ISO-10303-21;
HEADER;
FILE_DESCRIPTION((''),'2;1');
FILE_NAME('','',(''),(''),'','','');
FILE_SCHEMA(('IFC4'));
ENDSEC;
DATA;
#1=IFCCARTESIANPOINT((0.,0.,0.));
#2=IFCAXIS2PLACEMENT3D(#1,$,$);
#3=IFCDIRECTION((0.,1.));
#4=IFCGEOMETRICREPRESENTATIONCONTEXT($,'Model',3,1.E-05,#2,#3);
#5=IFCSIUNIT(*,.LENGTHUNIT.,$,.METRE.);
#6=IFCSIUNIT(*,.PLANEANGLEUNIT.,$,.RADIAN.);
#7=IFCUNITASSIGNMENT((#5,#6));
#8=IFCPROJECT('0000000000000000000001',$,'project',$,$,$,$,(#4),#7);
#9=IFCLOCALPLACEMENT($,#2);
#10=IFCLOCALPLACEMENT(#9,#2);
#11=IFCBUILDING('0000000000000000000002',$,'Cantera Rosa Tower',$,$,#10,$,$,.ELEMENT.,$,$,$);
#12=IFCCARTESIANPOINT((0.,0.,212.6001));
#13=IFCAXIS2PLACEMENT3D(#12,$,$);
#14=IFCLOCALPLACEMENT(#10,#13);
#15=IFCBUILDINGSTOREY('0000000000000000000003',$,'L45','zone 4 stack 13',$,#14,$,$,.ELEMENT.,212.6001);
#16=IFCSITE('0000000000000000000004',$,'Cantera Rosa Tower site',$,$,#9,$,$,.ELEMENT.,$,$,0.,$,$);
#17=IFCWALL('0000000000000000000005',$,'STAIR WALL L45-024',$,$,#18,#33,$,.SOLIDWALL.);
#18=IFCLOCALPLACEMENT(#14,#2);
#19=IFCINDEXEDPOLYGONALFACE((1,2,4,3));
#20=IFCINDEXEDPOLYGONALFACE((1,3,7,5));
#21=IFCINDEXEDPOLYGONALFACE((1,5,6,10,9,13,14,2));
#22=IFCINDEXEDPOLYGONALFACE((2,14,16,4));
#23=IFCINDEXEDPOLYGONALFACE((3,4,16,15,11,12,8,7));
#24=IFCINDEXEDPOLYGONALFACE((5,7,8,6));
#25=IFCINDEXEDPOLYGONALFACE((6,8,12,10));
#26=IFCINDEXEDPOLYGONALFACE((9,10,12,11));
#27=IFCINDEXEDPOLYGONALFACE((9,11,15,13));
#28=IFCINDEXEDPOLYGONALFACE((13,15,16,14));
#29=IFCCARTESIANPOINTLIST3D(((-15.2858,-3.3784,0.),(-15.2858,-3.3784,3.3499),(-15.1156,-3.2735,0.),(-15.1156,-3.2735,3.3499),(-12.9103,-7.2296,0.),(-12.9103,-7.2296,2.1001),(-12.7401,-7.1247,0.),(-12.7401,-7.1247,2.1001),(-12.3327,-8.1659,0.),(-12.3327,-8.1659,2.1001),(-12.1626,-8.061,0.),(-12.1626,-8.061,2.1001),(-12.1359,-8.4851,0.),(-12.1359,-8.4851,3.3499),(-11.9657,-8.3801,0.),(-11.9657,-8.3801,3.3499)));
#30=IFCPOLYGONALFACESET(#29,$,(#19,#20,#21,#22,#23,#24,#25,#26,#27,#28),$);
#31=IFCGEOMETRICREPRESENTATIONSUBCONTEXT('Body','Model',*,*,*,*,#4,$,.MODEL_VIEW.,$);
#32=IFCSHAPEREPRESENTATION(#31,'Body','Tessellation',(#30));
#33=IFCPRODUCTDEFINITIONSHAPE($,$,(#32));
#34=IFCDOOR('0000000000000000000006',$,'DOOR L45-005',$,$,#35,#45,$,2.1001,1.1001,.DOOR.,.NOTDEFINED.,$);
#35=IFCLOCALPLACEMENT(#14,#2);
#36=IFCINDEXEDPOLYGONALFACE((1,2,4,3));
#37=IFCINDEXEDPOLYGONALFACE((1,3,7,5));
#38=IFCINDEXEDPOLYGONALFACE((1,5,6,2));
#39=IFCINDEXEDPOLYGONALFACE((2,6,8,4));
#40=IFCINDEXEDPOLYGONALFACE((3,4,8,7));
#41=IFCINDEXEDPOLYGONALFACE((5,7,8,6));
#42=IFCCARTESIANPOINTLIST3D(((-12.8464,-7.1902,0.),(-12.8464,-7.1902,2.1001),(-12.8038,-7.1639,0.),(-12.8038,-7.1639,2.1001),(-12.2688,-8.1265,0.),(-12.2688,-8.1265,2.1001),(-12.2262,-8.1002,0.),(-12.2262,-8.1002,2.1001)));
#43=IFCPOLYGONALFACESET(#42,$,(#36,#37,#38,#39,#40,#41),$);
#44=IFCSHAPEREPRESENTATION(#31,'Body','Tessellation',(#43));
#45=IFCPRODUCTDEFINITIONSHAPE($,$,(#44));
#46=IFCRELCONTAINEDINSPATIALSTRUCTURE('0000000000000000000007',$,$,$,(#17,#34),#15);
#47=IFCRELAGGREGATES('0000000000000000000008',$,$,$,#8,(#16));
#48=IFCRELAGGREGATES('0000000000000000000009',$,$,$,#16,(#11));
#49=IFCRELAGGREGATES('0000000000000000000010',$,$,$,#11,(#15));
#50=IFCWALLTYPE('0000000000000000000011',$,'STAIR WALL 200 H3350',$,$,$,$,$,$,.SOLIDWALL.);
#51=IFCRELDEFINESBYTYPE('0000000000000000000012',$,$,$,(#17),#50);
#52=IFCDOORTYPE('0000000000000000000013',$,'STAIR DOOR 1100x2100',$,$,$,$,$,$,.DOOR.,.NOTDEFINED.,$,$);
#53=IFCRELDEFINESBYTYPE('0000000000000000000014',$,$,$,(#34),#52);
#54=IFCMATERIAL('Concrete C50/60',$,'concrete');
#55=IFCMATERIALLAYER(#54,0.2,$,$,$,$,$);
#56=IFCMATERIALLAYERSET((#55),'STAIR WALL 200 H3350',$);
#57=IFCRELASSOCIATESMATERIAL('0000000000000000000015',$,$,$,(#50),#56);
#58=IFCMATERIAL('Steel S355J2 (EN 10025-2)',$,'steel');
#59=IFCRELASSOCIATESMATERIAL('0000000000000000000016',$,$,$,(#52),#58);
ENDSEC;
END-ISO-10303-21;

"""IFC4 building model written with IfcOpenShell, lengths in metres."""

from ifc_helpers import new_model, si_unit, direction, frame, frame_2d, origin, place, context, subcontext, project, spatial, rectangle, extrude, material, layer, layer_set, type_object, element, fill, save


model = new_model("IFC4")

# Units and contexts
model_context = context("Model", 3, precision=1e-05, world=origin(), true_north=direction((0.0, 1.0)))
body_context = subcontext(model_context, "Body", "Model", "MODEL_VIEW")
ifc_project = project(units=[si_unit("LENGTHUNIT", "METRE"), si_unit("PLANEANGLEUNIT", "RADIAN")], contexts=[model_context])

# Site, building, storey
site_placement = place(None, origin())
site = spatial("IfcSite", under=ifc_project, at=site_placement, Name="Cantera Rosa Tower site", CompositionType="ELEMENT", RefElevation=0.0)
building_placement = place(site_placement, origin())
building = spatial("IfcBuilding", under=site, at=building_placement, Name="Cantera Rosa Tower", CompositionType="ELEMENT")
storey_placement = place(building_placement, frame((0.0, 0.0, 212.6001)))
storey = spatial("IfcBuildingStorey", under=building, at=storey_placement, Name="L45", Description="zone 4 stack 13", CompositionType="ELEMENT", Elevation=212.6001)

# Wall, opening, door
ifc_material_1 = material(Name="Concrete C50/60", Category="concrete")
ifc_layer_1 = layer(ifc_material_1, 0.2)
ifc_layer_set_1 = layer_set([ifc_layer_1], Name="STAIR WALL 200 H3350")
wall_type_1 = type_object("IfcWallType", Name="STAIR WALL 200 H3350", PredefinedType="SOLIDWALL", material=ifc_layer_set_1)
wall_1_placement = place(storey_placement, frame((-12.0508, -8.4326, 0.0), z_axis=(0.0, 0.0, 1.0), x_axis=(-0.524983, 0.851113, 0.0)))
wall_1 = element("IfcWall", 1, at=wall_1_placement, inside=storey, type_object=wall_type_1, Name="STAIR WALL L45-024", PredefinedType="SOLIDWALL", context=body_context, shape_type="SweptSolid", body=[
    extrude(rectangle(XDim=6.0, YDim=0.2, at=frame_2d((3.0, 0.0))), origin(), (0.0, 0.0, 1.0), 3.3499),
])
opening_1_placement = place(wall_1_placement, frame((0.375, 0.0, 0.0)))
opening_1 = element("IfcOpeningElement", 2, at=opening_1_placement, cuts=wall_1, PredefinedType="OPENING", context=body_context, shape_type="SweptSolid", body=[
    extrude(rectangle(XDim=1.1001, YDim=2.1001, at=frame_2d((0.55, 1.05))), frame((0.0, 0.1099, 0.0), z_axis=(0.0, -1.0, 0.0), x_axis=(1.0, 0.0, 0.0)), (0.0, 0.0, 1.0), 0.22),
])
ifc_material_2 = material(Name="Steel S355J2 (EN 10025-2)", Category="steel")
door_type_1 = type_object("IfcDoorType", Name="STAIR DOOR 1100x2100", OperationType="NOTDEFINED", PredefinedType="DOOR", material=ifc_material_2)
door_1_placement = place(opening_1_placement, origin())
door_1 = element("IfcDoor", 3, at=door_1_placement, inside=storey, type_object=door_type_1, Name="DOOR L45-005", OperationType="NOTDEFINED", OverallHeight=2.1001, OverallWidth=1.1001, PredefinedType="DOOR", context=body_context, shape_type="SweptSolid", body=[
    extrude(rectangle(XDim=1.1001, YDim=2.1001, at=frame_2d((0.55, 1.05))), frame((0.0, 0.0249, 0.0), z_axis=(0.0, -1.0, 0.0), x_axis=(1.0, 0.0, 0.0)), (0.0, 0.0, 1.0), 0.05),
])
fill(opening_1, door_1)

save(model, "model.ifc")
